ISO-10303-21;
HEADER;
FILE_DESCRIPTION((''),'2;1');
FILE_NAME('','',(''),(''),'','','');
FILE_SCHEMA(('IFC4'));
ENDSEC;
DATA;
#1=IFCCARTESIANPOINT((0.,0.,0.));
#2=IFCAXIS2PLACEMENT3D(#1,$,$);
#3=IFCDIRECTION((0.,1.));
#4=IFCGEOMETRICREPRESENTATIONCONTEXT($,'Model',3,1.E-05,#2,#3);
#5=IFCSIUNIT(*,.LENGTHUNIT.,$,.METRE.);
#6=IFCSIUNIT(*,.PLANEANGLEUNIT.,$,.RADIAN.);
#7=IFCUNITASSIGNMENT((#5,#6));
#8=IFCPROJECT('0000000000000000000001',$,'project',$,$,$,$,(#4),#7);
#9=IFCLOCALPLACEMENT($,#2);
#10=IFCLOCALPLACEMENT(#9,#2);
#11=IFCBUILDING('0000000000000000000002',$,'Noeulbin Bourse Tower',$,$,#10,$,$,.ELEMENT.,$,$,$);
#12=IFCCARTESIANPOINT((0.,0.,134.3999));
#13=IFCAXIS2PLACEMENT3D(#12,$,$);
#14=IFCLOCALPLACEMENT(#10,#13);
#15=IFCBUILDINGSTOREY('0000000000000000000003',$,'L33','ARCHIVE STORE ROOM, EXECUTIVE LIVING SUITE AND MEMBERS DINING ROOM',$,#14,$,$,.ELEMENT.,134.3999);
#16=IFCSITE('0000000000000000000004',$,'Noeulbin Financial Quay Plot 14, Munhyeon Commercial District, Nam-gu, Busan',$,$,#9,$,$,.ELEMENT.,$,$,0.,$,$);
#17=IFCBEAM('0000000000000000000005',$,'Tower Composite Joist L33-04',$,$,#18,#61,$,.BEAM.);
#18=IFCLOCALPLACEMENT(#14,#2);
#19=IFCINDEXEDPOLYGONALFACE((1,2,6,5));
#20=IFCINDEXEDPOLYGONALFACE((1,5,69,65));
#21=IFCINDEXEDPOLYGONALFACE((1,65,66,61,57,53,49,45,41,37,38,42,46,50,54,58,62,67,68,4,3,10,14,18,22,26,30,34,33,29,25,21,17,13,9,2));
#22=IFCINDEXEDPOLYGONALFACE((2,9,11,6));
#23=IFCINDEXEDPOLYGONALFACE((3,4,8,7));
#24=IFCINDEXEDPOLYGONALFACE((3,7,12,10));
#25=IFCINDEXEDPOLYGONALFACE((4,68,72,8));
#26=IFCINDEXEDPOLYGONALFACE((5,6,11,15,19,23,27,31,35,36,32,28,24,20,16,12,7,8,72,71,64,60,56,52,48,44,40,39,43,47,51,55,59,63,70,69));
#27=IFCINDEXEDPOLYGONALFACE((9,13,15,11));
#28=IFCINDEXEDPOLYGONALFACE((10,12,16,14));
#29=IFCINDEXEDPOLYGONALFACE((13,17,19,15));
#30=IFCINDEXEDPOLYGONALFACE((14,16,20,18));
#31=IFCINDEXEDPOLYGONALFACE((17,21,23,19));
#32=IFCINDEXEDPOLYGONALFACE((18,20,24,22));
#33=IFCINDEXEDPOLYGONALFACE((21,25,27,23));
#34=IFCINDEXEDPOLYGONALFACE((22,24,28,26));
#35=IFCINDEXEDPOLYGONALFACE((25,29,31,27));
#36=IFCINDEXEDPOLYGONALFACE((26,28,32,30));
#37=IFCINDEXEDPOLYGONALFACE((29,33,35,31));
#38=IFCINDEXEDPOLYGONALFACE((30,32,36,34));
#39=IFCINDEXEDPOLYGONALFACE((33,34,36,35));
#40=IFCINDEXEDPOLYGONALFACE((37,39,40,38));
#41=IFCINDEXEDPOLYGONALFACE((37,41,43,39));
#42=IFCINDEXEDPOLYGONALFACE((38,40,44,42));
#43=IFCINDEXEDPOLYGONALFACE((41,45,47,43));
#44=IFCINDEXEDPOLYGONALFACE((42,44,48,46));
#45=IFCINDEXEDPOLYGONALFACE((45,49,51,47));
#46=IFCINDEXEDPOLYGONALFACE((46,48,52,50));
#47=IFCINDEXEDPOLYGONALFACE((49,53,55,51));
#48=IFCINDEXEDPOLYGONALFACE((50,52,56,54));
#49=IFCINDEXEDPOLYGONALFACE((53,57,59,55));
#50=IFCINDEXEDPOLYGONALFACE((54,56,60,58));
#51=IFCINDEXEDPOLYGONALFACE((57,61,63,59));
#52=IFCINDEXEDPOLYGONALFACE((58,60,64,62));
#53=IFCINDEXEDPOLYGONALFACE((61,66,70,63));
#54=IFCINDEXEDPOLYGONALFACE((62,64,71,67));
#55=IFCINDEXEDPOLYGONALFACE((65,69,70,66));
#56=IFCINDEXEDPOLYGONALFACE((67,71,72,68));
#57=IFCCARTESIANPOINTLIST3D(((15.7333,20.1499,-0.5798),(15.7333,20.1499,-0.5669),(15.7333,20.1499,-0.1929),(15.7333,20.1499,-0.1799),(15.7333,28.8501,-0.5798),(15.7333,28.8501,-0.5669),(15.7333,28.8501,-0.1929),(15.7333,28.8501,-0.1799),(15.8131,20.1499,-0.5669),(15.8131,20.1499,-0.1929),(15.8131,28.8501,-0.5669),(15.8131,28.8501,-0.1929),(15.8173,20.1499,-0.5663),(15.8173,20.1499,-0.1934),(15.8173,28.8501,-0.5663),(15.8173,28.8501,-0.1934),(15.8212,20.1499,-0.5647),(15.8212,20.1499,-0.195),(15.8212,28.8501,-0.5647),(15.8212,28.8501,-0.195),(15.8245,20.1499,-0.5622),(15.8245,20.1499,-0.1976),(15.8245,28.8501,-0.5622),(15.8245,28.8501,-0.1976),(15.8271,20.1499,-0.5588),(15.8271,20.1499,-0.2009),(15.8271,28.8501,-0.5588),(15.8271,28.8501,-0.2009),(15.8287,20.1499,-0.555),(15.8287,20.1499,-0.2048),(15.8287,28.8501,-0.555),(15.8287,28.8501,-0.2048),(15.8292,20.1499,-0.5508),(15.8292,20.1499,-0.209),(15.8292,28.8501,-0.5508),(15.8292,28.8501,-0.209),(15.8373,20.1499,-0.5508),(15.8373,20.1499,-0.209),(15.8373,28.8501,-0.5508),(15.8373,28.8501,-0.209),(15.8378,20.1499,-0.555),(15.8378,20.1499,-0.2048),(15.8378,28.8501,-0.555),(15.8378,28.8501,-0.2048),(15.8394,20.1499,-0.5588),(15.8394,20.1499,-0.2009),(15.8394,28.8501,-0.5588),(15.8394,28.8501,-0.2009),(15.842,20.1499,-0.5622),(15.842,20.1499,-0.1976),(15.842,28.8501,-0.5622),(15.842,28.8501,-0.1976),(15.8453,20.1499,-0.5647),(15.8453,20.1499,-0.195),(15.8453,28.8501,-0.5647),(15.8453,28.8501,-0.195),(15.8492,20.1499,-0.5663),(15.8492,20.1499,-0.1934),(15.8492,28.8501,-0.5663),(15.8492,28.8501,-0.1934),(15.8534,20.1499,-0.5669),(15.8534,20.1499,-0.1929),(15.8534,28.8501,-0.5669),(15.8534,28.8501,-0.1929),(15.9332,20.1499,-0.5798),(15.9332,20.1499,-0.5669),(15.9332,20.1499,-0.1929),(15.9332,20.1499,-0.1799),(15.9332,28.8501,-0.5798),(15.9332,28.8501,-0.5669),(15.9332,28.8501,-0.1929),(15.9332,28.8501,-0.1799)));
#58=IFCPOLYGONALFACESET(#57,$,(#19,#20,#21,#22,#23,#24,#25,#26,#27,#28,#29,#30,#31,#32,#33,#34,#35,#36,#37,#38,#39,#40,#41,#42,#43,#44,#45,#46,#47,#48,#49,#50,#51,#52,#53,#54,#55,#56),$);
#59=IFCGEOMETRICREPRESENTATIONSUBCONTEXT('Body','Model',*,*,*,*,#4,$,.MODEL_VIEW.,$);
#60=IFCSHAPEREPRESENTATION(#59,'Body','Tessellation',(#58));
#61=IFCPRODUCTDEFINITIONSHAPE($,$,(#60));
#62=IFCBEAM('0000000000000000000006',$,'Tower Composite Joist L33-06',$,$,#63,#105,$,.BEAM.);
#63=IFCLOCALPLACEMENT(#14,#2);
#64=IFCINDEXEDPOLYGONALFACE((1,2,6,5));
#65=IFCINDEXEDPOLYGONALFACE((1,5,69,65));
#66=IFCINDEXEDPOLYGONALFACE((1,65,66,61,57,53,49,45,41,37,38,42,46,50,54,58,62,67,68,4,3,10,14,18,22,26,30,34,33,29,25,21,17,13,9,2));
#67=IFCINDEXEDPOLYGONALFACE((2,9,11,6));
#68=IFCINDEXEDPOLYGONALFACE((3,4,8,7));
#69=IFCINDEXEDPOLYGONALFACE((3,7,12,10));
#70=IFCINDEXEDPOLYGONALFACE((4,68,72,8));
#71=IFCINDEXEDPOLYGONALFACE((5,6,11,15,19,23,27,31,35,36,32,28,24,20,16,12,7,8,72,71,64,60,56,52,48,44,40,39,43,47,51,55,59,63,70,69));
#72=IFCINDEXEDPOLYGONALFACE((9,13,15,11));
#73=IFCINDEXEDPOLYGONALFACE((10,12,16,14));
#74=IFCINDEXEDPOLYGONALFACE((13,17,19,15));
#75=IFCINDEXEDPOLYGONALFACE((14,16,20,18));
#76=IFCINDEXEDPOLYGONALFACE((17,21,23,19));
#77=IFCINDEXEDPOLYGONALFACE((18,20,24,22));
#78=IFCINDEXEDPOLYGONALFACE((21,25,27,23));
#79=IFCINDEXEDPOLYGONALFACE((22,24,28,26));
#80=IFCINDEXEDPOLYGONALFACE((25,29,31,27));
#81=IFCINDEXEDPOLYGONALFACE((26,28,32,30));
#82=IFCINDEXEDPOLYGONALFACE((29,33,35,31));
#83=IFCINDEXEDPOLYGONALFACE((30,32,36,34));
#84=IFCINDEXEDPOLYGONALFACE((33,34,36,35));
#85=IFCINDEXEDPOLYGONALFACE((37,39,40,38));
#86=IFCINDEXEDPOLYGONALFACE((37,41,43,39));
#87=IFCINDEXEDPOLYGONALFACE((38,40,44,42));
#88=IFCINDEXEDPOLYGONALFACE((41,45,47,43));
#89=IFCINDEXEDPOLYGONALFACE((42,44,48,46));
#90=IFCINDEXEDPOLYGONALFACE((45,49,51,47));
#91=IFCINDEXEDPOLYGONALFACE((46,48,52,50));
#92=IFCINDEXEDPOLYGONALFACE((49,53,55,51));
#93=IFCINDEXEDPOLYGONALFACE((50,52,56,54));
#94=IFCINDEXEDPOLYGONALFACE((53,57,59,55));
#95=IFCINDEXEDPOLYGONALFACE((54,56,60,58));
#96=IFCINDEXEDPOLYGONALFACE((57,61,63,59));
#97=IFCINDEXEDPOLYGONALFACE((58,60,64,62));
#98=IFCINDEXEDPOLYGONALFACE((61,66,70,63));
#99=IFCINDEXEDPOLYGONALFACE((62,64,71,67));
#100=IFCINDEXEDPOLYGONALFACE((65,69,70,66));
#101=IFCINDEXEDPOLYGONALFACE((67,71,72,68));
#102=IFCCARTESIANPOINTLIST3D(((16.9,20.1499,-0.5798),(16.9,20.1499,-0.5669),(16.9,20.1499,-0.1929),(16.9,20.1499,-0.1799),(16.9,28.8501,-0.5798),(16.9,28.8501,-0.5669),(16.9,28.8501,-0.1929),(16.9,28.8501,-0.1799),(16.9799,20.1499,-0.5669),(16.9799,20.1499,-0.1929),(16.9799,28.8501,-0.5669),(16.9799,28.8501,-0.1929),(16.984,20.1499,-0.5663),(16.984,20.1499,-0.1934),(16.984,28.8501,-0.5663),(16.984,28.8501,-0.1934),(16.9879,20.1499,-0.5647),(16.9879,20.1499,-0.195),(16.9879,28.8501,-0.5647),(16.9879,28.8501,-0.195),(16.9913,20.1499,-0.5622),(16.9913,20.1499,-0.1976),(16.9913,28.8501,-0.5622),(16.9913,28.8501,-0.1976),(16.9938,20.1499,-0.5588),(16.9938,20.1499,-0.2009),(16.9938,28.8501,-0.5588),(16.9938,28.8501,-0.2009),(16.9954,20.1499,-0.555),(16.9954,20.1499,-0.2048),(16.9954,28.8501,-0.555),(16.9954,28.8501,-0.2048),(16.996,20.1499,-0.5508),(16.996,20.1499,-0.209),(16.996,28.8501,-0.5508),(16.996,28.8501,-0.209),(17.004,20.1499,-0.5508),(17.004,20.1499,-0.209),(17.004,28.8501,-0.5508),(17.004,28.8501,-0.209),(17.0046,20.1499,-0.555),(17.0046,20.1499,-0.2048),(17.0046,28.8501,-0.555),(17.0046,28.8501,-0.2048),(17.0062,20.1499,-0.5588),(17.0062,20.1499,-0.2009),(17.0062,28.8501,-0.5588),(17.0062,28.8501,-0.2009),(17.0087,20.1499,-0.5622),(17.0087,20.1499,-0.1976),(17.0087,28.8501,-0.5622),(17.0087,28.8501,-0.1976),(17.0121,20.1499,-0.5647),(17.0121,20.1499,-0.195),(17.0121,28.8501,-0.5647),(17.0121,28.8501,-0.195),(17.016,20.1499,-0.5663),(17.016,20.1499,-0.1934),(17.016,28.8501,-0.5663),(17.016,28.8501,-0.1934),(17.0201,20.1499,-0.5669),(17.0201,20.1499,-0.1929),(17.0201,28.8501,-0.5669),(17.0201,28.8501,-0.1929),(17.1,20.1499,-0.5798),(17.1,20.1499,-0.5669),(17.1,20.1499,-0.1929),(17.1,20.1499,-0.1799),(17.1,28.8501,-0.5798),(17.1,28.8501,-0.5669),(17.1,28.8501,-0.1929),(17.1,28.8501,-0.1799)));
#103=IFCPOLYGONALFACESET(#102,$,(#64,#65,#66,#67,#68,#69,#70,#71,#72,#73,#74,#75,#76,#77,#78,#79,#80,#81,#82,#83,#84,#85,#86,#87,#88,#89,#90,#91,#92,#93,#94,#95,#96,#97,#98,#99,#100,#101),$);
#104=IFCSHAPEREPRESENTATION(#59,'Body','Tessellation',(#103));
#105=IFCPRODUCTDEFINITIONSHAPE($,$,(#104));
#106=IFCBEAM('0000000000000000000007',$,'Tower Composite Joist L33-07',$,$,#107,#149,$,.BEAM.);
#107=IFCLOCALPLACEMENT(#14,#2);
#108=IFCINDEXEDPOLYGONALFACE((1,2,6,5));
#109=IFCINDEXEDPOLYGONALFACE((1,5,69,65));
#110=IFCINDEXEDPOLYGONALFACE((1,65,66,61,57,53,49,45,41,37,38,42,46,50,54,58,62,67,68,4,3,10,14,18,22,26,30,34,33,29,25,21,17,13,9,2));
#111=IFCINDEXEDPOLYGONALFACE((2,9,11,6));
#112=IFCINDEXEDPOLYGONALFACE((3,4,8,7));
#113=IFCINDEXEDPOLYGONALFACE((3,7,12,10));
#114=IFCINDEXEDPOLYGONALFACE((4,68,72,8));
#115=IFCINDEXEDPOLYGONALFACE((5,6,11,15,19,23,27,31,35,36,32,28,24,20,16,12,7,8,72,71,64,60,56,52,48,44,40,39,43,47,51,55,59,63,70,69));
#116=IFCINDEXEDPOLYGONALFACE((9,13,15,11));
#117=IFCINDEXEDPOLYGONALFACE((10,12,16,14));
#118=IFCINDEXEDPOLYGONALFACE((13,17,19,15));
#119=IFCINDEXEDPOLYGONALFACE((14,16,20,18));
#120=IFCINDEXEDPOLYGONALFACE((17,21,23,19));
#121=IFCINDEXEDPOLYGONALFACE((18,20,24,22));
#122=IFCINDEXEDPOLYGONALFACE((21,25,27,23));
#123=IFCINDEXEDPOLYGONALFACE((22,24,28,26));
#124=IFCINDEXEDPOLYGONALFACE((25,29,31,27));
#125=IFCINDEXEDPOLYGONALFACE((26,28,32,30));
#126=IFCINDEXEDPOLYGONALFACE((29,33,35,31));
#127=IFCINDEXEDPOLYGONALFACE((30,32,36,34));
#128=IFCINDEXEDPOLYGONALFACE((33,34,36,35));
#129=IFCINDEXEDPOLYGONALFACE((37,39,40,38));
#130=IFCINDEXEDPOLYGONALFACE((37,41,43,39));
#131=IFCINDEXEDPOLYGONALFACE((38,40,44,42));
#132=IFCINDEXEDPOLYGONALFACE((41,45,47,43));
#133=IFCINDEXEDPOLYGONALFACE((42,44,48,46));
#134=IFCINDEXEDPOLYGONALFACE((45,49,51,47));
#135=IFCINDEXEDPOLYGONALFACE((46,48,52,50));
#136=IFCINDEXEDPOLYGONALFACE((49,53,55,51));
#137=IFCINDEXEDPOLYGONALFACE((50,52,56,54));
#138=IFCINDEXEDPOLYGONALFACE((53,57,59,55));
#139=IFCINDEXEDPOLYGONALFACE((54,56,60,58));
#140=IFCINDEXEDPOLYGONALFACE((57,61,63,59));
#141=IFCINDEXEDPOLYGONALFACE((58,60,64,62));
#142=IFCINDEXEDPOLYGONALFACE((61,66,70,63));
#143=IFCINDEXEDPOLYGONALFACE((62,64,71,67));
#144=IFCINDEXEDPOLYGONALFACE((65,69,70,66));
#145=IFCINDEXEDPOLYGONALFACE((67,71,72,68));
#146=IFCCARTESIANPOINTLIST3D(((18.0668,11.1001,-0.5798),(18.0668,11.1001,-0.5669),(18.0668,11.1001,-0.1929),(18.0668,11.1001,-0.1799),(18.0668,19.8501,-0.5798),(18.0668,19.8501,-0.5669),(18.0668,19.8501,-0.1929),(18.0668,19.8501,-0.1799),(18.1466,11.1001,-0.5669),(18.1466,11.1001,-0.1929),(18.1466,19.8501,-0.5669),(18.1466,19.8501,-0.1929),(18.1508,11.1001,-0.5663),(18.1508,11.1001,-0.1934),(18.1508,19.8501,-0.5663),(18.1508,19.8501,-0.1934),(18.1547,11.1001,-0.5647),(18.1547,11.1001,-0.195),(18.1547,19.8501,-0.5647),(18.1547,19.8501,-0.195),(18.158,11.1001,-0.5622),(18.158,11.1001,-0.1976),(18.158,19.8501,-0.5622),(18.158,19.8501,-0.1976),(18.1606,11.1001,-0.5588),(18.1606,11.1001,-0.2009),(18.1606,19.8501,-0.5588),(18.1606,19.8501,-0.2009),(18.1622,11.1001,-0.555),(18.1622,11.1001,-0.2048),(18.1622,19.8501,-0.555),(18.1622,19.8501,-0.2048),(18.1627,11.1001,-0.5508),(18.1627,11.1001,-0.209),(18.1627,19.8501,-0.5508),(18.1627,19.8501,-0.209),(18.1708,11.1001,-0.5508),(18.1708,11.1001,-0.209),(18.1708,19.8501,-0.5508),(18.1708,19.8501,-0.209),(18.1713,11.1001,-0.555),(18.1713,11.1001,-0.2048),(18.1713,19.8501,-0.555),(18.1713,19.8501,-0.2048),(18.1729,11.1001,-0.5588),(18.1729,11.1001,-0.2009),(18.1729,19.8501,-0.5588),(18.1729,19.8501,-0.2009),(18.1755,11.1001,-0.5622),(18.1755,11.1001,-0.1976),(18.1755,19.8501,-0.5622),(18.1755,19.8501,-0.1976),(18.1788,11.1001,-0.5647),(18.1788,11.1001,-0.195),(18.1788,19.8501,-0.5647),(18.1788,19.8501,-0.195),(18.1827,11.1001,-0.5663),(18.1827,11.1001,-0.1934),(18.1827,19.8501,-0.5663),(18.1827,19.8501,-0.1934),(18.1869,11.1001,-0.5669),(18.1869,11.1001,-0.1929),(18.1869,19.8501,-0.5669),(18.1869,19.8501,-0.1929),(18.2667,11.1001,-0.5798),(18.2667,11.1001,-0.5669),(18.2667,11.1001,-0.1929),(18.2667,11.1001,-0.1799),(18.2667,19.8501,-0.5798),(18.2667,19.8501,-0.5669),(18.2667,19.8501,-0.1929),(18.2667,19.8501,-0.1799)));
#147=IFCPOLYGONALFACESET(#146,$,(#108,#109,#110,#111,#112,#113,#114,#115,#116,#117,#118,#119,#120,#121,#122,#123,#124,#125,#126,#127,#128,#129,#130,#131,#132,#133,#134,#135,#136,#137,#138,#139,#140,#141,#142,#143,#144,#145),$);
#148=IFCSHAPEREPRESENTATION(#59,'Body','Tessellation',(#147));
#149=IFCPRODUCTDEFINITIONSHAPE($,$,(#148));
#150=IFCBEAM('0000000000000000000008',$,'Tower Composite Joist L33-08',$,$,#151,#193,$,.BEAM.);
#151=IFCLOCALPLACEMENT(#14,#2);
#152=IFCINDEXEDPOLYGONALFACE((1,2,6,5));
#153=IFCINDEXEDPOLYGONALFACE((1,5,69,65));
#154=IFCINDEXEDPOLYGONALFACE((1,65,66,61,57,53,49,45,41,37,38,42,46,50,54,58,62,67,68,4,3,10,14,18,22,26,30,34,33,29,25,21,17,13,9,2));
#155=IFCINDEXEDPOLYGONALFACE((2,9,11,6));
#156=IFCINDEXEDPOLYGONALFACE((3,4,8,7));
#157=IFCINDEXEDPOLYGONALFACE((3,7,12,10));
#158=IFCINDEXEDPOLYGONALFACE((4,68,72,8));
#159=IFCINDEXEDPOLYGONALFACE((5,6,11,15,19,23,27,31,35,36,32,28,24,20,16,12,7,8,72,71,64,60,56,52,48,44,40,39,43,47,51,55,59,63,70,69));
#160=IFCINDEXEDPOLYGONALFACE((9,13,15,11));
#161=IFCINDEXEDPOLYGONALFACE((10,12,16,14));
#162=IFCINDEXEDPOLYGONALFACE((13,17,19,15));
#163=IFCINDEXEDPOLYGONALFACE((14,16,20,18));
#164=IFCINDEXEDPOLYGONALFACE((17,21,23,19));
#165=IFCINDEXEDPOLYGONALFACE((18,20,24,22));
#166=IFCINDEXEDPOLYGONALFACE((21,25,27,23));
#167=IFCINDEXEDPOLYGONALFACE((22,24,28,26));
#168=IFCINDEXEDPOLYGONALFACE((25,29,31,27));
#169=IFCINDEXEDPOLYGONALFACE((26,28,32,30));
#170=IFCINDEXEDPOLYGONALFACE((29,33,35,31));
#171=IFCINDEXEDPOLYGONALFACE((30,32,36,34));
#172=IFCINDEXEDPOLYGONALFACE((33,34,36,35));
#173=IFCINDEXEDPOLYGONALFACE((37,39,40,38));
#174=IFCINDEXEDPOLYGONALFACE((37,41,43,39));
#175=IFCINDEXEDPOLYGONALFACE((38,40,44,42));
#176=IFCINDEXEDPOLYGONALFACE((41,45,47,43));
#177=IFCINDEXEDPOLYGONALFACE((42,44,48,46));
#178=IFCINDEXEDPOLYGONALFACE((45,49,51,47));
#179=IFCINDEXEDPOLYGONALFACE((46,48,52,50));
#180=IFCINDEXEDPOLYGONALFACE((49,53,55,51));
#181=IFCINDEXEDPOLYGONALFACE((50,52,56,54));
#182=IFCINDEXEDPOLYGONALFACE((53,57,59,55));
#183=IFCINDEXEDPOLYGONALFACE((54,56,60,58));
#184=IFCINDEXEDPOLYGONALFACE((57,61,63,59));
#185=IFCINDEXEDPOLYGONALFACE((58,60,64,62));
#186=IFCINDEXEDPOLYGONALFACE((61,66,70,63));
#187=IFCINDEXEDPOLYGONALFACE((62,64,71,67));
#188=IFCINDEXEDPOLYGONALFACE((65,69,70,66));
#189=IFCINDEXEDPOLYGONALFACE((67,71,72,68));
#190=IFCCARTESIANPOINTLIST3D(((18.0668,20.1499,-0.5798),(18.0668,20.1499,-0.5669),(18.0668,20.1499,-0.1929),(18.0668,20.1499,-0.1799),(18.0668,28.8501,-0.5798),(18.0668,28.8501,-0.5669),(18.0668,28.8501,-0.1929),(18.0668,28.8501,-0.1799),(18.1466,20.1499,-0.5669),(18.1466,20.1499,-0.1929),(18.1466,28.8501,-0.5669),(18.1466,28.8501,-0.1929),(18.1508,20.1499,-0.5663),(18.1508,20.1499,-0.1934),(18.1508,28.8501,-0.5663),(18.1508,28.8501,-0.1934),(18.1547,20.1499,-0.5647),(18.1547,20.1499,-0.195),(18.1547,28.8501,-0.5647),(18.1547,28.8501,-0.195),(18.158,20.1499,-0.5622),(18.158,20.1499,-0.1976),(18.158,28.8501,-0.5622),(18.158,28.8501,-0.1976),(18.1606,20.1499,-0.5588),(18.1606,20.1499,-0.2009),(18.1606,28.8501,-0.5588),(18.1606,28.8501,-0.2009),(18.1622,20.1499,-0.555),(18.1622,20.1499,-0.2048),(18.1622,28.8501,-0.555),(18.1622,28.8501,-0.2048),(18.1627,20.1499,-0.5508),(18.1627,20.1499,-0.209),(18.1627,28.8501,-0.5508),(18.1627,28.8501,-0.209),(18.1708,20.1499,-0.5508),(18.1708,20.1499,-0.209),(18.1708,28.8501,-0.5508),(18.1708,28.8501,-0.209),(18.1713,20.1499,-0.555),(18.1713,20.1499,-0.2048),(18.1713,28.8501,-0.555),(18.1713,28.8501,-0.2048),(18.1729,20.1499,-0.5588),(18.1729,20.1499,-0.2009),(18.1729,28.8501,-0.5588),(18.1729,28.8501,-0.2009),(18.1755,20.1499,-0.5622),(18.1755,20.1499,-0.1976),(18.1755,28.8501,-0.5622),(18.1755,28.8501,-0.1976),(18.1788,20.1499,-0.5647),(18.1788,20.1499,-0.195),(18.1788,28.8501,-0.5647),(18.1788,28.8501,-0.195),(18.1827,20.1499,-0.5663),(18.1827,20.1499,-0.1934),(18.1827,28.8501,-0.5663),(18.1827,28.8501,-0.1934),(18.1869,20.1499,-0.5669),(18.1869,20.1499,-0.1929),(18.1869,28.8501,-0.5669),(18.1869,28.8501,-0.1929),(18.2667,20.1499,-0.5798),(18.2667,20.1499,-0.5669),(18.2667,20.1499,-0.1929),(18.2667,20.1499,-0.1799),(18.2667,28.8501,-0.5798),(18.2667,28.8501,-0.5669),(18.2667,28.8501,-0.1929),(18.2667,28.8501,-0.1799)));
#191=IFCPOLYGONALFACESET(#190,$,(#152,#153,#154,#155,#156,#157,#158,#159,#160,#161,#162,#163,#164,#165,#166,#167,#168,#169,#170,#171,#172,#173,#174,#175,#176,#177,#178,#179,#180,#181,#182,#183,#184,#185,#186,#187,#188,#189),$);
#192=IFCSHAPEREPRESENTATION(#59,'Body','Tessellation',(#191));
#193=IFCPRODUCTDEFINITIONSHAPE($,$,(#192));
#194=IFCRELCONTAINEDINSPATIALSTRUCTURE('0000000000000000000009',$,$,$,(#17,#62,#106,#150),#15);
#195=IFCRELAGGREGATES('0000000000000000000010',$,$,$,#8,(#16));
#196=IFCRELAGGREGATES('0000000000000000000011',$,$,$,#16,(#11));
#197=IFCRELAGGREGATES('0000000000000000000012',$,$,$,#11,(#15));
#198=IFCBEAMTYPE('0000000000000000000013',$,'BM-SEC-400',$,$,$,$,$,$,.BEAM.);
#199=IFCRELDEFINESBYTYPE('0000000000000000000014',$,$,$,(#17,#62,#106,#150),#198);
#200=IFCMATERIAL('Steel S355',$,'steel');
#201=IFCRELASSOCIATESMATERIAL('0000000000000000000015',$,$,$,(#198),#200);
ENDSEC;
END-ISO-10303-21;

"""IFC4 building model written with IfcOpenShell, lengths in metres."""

from ifc_helpers import new_model, si_unit, direction, frame, origin, origin_2d, place, context, subcontext, project, spatial, i_section, extrude, material, material_profile, profile_set, type_object, element, save


model = new_model("IFC4")

# Units and contexts
model_context = context("Model", 3, precision=1e-05, world=origin(), true_north=direction((0.0, 1.0)))
body_context = subcontext(model_context, "Body", "Model", "MODEL_VIEW")
ifc_project = project(units=[si_unit("LENGTHUNIT", "METRE"), si_unit("PLANEANGLEUNIT", "RADIAN")], contexts=[model_context])

# Site, building, storey
site_placement = place(None, origin())
site = spatial("IfcSite", under=ifc_project, at=site_placement, Name="Noeulbin Financial Quay Plot 14, Munhyeon Commercial District, Nam-gu, Busan", CompositionType="ELEMENT", RefElevation=0.0)
building_placement = place(site_placement, origin())
building = spatial("IfcBuilding", under=site, at=building_placement, Name="Noeulbin Bourse Tower", CompositionType="ELEMENT")
storey_placement = place(building_placement, frame((0.0, 0.0, 134.3999)))
storey = spatial("IfcBuildingStorey", under=building, at=storey_placement, Name="L33", Description="ARCHIVE STORE ROOM, EXECUTIVE LIVING SUITE AND MEMBERS DINING ROOM", CompositionType="ELEMENT", Elevation=134.3999)

# Beams
ifc_material_1 = material(Name="Steel S355", Category="steel")
ifc_material_profile_1 = material_profile(ifc_material_1, i_section(OverallWidth=0.2, OverallDepth=0.3999, WebThickness=0.0081, FlangeThickness=0.0129, FilletRadius=0.0161, at=origin_2d()), Name="H-400x200x8x13", Category="LoadBearing")
ifc_profile_set_1 = profile_set([ifc_material_profile_1], Name="Steel S355")
beam_type_1 = type_object("IfcBeamType", Name="BM-SEC-400", PredefinedType="BEAM", material=ifc_profile_set_1)
for number, where, z_axis, x_axis, name in (
    (1, (15.8333, 20.1499, -0.3799), (0.0, 1.0, 0.0), (-1.0, 0.0, 0.0), "Tower Composite Joist L33-04"),
    (2, (17.0, 20.1499, -0.3799), (0.0, 1.0, 0.0), (-1.0, 0.0, 0.0), "Tower Composite Joist L33-06"),
):
    element("IfcBeam", number, at=place(storey_placement, frame(where, z_axis=z_axis, x_axis=x_axis)), inside=storey, type_object=beam_type_1, Name=name, PredefinedType="BEAM", context=body_context, shape_type="SweptSolid", body=[
        extrude(i_section(OverallWidth=0.2, OverallDepth=0.3999, WebThickness=0.0081, FlangeThickness=0.0129, FilletRadius=0.0161, at=origin_2d()), origin(), (0.0, 0.0, 1.0), 8.7002),
    ])
beam_1_placement = place(storey_placement, frame((18.1667, 11.1001, -0.3799), z_axis=(0.0, 1.0, 0.0), x_axis=(-1.0, 0.0, 0.0)))
element("IfcBeam", 3, at=beam_1_placement, inside=storey, type_object=beam_type_1, Name="Tower Composite Joist L33-07", PredefinedType="BEAM", context=body_context, shape_type="SweptSolid", body=[
    extrude(i_section(OverallWidth=0.2, OverallDepth=0.3999, WebThickness=0.0081, FlangeThickness=0.0129, FilletRadius=0.0161, at=origin_2d()), origin(), (0.0, 0.0, 1.0), 8.75),
])
beam_2_placement = place(storey_placement, frame((18.1667, 20.1499, -0.3799), z_axis=(0.0, 1.0, 0.0), x_axis=(-1.0, 0.0, 0.0)))
element("IfcBeam", 4, at=beam_2_placement, inside=storey, type_object=beam_type_1, Name="Tower Composite Joist L33-08", PredefinedType="BEAM", context=body_context, shape_type="SweptSolid", body=[
    extrude(i_section(OverallWidth=0.2, OverallDepth=0.3999, WebThickness=0.0081, FlangeThickness=0.0129, FilletRadius=0.0161, at=origin_2d()), origin(), (0.0, 0.0, 1.0), 8.7002),
])

save(model, "model.ifc")
